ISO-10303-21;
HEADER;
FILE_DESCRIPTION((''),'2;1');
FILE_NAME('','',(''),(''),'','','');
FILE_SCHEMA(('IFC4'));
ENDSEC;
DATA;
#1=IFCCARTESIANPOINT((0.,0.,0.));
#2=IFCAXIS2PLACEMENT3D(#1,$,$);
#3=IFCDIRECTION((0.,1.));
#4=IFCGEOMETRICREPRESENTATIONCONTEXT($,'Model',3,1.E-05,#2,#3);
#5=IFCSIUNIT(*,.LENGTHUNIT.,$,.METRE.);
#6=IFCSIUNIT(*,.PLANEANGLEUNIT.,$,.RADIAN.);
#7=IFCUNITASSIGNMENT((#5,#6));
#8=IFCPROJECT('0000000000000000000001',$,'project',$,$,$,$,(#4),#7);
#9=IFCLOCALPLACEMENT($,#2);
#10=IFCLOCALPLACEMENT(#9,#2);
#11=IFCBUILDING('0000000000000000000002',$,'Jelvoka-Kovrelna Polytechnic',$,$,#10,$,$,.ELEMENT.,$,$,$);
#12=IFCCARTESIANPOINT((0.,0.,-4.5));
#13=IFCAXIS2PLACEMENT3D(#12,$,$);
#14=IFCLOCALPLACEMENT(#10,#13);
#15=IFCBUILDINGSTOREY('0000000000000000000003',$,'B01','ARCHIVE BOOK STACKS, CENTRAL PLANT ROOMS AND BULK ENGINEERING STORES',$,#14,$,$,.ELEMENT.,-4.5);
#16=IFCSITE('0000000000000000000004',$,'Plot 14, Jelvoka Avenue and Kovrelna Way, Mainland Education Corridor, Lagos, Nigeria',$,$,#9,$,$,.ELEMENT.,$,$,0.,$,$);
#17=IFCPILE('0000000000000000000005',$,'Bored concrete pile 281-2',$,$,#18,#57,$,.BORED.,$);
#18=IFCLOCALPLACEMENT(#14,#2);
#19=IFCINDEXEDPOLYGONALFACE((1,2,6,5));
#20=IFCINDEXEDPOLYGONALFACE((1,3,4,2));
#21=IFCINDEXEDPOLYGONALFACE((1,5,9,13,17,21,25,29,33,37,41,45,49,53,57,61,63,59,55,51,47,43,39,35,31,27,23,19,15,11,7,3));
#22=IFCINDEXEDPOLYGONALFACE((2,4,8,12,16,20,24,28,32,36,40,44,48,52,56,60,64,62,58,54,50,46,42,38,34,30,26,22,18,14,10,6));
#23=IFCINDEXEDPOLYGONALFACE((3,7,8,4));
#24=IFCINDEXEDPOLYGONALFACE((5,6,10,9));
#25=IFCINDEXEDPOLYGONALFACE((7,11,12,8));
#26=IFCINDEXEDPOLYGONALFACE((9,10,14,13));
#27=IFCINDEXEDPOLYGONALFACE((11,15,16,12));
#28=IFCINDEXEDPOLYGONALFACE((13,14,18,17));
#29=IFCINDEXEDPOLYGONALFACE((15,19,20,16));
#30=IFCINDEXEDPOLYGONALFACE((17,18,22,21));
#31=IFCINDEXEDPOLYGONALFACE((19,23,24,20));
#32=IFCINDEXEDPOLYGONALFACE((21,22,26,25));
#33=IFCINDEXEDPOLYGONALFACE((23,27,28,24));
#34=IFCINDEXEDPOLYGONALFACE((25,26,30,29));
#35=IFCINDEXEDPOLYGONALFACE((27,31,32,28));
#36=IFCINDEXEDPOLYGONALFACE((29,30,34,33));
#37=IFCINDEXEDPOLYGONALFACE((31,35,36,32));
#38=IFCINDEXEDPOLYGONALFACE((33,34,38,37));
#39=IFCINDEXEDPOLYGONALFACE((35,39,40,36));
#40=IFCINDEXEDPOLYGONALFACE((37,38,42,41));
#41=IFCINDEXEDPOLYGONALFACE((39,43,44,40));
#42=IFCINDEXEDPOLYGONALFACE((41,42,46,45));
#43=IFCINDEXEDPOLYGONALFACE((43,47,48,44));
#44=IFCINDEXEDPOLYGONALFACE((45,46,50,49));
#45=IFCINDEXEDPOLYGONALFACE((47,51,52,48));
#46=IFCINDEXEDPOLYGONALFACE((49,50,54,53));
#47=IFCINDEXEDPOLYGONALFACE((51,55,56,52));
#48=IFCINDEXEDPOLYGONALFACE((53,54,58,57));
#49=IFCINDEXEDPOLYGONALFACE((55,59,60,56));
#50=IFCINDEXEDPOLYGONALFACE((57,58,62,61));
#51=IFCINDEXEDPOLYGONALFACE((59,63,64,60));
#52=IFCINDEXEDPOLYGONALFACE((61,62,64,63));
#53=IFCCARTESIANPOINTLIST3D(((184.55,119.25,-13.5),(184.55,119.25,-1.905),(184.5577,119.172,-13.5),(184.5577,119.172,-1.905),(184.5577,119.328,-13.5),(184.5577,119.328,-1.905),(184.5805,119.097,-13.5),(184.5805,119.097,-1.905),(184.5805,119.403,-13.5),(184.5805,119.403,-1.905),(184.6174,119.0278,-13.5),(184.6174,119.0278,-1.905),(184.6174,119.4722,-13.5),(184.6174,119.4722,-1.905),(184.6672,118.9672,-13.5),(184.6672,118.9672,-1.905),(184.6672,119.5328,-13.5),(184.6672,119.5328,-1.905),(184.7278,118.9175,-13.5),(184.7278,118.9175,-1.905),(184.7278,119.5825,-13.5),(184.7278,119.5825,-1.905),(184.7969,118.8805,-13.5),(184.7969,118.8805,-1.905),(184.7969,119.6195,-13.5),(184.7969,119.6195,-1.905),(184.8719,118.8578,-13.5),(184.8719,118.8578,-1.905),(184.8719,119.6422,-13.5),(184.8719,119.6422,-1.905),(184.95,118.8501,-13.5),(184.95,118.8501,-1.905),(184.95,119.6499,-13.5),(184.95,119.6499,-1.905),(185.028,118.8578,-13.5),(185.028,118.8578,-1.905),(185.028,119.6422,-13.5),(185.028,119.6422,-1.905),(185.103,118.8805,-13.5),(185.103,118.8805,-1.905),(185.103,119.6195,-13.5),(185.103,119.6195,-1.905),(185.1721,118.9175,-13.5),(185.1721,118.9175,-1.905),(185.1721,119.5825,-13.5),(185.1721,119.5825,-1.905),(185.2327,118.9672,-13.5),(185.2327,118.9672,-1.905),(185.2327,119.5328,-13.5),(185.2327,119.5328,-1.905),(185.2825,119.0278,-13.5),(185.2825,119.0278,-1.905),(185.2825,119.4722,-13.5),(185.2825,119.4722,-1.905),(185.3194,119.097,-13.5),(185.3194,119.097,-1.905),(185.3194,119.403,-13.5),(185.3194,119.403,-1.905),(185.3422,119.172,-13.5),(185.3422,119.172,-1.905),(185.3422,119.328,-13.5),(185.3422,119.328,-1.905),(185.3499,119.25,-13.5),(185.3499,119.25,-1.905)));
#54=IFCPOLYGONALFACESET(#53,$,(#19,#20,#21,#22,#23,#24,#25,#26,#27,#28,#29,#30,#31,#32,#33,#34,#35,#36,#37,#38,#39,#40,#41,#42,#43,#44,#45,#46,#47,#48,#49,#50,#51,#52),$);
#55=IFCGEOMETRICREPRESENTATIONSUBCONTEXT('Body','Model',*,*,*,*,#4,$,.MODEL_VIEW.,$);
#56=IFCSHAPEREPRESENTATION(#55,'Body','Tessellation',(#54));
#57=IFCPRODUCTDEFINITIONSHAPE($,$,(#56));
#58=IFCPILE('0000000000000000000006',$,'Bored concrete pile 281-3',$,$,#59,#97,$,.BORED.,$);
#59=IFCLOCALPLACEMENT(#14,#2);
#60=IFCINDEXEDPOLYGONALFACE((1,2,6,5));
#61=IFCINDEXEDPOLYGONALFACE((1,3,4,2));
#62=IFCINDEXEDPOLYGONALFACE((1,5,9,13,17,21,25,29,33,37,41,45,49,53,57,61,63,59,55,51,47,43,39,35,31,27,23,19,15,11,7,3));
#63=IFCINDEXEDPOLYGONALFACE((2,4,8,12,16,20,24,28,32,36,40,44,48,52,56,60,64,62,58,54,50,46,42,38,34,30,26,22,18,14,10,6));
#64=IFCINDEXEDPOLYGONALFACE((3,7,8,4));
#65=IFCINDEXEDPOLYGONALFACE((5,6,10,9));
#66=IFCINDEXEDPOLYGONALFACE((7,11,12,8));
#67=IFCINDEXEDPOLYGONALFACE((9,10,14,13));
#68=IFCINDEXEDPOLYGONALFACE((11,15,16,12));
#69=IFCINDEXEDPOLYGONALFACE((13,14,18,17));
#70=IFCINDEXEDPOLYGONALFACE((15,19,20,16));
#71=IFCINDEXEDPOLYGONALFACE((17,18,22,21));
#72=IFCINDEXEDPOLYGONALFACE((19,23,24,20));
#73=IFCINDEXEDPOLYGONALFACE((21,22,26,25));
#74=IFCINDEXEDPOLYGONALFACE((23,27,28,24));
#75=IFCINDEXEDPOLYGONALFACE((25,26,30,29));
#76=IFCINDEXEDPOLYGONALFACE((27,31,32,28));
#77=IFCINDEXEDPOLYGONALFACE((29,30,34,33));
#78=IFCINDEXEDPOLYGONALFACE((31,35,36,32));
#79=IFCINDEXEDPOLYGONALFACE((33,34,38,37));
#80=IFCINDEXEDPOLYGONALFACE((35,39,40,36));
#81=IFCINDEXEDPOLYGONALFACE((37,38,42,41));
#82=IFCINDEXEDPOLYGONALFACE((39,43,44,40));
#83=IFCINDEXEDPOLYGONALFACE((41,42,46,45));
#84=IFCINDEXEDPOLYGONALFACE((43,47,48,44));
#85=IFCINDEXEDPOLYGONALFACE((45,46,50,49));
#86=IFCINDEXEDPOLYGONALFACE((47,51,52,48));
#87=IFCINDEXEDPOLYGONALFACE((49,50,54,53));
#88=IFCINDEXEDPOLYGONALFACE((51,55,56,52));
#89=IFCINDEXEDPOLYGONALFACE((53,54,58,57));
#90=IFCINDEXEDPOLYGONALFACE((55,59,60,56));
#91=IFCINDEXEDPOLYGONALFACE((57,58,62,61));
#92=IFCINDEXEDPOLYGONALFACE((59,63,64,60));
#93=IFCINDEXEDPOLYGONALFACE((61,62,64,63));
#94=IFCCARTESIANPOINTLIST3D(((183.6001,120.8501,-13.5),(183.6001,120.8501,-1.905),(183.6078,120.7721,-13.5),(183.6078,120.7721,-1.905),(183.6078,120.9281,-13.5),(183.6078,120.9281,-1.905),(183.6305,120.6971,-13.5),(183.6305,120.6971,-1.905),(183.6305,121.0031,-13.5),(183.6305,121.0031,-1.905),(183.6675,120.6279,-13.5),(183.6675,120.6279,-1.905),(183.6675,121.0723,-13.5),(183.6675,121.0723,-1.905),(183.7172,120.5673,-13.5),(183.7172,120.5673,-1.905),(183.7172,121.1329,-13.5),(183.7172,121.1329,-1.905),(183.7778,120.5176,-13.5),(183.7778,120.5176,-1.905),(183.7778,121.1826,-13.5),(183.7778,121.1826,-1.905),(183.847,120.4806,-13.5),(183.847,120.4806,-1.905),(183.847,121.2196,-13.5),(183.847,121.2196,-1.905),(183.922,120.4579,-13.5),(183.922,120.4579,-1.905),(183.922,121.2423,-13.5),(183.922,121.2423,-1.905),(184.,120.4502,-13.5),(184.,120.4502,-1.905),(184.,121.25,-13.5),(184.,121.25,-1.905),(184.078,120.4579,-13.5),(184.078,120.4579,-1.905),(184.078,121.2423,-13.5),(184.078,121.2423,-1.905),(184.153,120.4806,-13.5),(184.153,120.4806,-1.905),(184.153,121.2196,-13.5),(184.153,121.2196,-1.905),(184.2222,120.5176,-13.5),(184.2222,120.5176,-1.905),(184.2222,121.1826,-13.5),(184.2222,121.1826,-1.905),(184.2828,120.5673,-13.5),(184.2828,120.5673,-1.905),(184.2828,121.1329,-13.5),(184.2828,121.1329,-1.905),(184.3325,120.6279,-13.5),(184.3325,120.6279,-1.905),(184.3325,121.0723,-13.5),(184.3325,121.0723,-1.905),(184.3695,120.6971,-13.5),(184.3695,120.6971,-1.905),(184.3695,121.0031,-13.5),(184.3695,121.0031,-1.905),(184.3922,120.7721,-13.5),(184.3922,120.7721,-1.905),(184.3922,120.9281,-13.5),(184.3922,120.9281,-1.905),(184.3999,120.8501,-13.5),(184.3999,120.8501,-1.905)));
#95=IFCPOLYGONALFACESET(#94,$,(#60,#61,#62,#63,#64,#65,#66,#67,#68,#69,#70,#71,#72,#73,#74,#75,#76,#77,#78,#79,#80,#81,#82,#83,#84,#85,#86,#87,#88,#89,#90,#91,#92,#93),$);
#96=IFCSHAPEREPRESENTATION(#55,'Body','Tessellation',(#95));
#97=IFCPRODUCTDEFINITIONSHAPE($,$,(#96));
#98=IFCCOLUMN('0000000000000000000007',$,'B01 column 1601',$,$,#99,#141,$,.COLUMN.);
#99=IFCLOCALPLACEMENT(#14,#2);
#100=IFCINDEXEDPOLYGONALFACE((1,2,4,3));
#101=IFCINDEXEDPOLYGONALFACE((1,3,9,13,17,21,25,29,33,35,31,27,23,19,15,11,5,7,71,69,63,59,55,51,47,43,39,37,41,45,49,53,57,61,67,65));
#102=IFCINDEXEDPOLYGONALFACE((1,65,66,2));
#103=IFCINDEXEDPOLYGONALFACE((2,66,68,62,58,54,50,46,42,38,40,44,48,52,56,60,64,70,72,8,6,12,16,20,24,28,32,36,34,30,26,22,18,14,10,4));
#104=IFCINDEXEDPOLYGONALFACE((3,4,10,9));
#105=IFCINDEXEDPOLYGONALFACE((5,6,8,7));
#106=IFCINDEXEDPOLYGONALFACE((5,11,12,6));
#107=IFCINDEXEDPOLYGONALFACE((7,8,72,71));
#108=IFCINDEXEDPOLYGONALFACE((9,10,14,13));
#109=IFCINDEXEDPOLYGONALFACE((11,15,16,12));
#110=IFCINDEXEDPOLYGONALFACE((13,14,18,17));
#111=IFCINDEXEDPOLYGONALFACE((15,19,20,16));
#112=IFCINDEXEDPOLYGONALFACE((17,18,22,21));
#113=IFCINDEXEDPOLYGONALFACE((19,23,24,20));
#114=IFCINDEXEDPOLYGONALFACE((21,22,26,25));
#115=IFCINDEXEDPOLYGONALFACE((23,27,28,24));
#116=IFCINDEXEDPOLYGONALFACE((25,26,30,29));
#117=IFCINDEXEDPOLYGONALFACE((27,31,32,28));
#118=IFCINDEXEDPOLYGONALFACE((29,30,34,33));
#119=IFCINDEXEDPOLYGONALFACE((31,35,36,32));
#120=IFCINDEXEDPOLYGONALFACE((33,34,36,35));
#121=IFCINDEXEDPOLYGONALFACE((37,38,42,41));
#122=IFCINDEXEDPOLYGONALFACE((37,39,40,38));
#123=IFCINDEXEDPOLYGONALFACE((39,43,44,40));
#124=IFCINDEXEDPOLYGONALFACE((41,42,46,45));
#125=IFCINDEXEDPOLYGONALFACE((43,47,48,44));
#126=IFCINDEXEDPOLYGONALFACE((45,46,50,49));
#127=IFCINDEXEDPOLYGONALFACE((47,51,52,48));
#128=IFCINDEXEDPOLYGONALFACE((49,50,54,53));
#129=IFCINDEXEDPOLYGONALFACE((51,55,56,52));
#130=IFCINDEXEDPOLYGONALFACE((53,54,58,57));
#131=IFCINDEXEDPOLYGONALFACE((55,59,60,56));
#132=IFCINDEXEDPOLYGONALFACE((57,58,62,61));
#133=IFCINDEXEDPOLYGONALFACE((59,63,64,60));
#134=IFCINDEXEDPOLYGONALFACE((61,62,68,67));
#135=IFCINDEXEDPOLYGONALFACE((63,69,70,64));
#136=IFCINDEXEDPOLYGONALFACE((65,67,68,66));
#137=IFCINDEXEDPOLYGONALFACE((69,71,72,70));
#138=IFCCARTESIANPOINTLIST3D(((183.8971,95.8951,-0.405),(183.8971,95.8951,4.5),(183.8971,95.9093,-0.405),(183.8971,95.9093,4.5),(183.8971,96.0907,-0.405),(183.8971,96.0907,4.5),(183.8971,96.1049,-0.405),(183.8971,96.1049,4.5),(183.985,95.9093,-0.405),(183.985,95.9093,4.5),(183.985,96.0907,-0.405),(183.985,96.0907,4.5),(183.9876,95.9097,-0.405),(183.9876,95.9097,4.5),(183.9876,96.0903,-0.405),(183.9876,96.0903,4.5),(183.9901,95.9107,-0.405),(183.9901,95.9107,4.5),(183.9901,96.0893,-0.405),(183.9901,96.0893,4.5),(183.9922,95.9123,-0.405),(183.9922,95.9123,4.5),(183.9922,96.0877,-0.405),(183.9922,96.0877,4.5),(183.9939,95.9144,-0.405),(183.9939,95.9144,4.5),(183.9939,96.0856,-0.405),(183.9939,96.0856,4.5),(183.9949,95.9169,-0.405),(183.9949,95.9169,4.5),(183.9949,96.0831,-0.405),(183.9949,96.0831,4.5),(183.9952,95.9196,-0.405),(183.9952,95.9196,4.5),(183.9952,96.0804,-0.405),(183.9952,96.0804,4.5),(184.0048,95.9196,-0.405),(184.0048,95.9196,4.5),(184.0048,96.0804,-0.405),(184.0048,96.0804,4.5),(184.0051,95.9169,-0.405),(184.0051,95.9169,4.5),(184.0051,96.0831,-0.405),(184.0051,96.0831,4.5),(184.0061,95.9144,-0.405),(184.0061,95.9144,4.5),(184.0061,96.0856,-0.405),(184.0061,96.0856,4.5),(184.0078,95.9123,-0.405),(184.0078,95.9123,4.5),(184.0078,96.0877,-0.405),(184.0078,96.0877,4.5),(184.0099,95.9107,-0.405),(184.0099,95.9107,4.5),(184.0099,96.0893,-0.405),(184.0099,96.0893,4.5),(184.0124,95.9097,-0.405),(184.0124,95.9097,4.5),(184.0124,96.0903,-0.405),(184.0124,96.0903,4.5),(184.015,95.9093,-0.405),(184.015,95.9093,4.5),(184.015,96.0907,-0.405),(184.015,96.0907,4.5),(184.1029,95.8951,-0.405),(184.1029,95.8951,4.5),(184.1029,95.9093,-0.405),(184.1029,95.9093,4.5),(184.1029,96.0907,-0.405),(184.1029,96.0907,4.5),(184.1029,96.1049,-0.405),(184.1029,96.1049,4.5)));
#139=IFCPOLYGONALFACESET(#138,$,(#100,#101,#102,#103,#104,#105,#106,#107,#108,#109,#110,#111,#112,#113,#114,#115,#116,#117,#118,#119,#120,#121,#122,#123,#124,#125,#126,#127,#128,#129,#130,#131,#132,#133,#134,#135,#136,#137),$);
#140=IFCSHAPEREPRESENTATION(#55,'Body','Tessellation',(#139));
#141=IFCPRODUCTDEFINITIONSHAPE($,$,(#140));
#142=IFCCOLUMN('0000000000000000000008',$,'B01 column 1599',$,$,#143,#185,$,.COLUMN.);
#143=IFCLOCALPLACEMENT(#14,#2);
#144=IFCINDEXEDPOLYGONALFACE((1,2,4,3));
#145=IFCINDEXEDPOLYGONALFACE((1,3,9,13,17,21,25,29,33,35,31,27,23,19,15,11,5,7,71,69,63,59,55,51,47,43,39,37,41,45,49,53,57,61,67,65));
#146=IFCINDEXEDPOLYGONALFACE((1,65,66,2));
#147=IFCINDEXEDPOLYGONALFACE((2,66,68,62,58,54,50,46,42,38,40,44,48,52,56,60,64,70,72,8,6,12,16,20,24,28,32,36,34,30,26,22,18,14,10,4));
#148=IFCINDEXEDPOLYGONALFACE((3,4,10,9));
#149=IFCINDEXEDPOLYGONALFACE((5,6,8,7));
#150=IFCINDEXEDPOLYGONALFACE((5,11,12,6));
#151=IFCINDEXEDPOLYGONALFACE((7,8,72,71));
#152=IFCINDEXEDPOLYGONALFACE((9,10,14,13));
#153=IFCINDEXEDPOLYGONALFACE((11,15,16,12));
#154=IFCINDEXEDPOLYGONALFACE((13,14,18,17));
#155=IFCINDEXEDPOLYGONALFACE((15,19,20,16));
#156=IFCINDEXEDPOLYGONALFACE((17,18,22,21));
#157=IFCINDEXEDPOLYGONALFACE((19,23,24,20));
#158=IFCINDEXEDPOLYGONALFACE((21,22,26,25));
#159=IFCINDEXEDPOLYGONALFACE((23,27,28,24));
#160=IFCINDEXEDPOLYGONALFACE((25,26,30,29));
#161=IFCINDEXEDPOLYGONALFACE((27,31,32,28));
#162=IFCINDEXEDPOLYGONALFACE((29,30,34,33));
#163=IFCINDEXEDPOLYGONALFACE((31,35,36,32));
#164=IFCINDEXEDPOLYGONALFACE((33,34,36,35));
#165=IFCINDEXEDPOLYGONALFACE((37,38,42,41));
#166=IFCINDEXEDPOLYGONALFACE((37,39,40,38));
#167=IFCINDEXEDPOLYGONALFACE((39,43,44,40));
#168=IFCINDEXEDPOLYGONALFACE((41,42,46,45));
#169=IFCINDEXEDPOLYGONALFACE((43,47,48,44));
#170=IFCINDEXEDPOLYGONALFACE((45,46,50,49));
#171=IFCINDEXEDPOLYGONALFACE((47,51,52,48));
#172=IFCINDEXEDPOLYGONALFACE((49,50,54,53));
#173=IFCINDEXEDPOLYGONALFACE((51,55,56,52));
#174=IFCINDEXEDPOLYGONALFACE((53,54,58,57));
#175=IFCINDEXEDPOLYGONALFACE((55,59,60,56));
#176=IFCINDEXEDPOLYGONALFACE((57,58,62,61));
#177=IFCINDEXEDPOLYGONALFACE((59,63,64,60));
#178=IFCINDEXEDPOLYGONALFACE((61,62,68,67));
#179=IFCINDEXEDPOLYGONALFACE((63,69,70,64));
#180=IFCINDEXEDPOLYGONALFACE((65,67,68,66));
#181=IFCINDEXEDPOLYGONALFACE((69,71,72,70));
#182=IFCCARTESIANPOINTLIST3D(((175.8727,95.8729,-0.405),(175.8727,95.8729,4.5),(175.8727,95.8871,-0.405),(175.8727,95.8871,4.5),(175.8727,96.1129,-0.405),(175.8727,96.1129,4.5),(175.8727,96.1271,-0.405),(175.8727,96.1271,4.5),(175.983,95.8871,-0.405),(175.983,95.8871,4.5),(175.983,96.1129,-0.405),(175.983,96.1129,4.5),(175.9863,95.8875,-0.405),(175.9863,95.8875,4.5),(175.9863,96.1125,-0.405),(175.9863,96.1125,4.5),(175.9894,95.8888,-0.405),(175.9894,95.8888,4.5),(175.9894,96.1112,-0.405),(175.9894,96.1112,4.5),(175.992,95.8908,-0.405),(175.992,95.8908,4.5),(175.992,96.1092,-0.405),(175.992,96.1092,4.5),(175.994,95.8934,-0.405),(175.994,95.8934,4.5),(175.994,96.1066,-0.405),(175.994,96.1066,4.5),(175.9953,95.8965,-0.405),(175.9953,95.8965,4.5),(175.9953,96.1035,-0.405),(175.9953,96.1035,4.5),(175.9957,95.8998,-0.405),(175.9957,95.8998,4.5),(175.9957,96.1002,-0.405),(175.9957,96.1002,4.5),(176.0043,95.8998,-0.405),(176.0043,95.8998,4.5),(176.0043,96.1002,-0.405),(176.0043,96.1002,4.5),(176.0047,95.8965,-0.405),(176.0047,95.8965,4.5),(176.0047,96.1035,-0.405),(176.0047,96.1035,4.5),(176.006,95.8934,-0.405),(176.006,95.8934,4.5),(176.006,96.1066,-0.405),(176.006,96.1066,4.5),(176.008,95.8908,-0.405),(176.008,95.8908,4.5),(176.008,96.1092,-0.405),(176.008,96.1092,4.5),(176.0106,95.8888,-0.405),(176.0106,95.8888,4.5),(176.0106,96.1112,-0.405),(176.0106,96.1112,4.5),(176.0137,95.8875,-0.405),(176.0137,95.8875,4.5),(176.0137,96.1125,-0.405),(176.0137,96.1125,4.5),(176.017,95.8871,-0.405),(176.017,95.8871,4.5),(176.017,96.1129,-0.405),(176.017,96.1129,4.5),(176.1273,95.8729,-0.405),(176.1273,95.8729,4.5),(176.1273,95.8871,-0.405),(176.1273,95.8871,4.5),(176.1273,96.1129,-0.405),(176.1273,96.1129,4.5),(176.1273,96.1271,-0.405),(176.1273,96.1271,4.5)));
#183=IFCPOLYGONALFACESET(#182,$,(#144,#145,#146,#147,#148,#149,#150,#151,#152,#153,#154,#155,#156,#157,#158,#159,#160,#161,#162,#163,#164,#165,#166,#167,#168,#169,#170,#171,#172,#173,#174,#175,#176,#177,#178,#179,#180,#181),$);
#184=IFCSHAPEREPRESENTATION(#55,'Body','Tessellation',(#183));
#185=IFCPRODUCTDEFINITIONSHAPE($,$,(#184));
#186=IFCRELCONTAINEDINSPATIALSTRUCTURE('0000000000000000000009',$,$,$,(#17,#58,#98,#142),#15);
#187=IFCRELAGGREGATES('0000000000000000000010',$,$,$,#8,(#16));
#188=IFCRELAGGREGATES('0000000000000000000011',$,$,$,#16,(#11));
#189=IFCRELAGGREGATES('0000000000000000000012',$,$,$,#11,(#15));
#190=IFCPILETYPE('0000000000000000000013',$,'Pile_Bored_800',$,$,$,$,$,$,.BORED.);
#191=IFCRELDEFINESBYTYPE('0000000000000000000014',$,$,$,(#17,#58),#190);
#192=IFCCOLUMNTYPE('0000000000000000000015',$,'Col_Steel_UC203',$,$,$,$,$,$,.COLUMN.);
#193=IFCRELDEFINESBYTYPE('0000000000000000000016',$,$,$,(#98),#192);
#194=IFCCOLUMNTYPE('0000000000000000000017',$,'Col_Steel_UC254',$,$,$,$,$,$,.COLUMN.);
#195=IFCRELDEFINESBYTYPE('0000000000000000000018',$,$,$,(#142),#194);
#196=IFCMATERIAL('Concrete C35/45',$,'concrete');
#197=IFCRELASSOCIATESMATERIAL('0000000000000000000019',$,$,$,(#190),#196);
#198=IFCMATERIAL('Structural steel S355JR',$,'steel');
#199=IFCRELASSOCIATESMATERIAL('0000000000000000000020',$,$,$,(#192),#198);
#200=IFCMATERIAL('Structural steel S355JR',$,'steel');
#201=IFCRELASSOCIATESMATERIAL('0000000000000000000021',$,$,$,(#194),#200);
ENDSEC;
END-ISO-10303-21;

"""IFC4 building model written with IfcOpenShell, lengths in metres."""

from ifc_helpers import new_model, si_unit, direction, frame, origin, origin_2d, place, context, subcontext, project, spatial, circle, i_section, extrude, material, material_profile, profile_set, type_object, element, save


model = new_model("IFC4")

# Units and contexts
model_context = context("Model", 3, precision=1e-05, world=origin(), true_north=direction((0.0, 1.0)))
body_context = subcontext(model_context, "Body", "Model", "MODEL_VIEW")
ifc_project = project(units=[si_unit("LENGTHUNIT", "METRE"), si_unit("PLANEANGLEUNIT", "RADIAN")], contexts=[model_context])

# Site, building, storey
site_placement = place(None, origin())
site = spatial("IfcSite", under=ifc_project, at=site_placement, Name="Plot 14, Jelvoka Avenue and Kovrelna Way, Mainland Education Corridor, Lagos, Nigeria", CompositionType="ELEMENT", RefElevation=0.0)
building_placement = place(site_placement, origin())
building = spatial("IfcBuilding", under=site, at=building_placement, Name="Jelvoka-Kovrelna Polytechnic", CompositionType="ELEMENT")
storey_placement = place(building_placement, frame((0.0, 0.0, -4.5)))
storey = spatial("IfcBuildingStorey", under=building, at=storey_placement, Name="B01", Description="ARCHIVE BOOK STACKS, CENTRAL PLANT ROOMS AND BULK ENGINEERING STORES", CompositionType="ELEMENT", Elevation=-4.5)

# Piles
ifc_material_1 = material(Name="Concrete C35/45", Category="concrete")
ifc_material_profile_1 = material_profile(ifc_material_1, circle(Radius=0.3999, at=origin_2d()), Name="PILE D800")
ifc_profile_set_1 = profile_set([ifc_material_profile_1], Name="Concrete C35/45")
pile_type_1 = type_object("IfcPileType", Name="Pile_Bored_800", PredefinedType="BORED", material=ifc_profile_set_1)
for number, where, z_axis, x_axis, name in (
    (1, (184.95, 119.25, -1.905), (0.0, 0.0, -1.0), (1.0, 0.0, 0.0), "Bored concrete pile 281-2"),
    (2, (184.0, 120.8501, -1.905), (0.0, 0.0, -1.0), (1.0, 0.0, 0.0), "Bored concrete pile 281-3"),
):
    element("IfcPile", number, at=place(storey_placement, frame(where, z_axis=z_axis, x_axis=x_axis)), inside=storey, type_object=pile_type_1, Name=name, PredefinedType="BORED", context=body_context, shape_type="SweptSolid", body=[
        extrude(circle(Radius=0.3999, at=origin_2d()), origin(), (0.0, 0.0, 1.0), 11.595),
    ])

# Columns
ifc_material_2 = material(Name="Structural steel S355JR", Category="steel")
ifc_material_profile_2 = material_profile(ifc_material_2, i_section(OverallWidth=0.2058, OverallDepth=0.2097, WebThickness=0.0095, FlangeThickness=0.0142, FilletRadius=0.0103, at=origin_2d()), Name="203x203x60 UC")
ifc_profile_set_2 = profile_set([ifc_material_profile_2], Name="Structural steel S355JR")
column_type_1 = type_object("IfcColumnType", Name="Col_Steel_UC203", PredefinedType="COLUMN", material=ifc_profile_set_2)
column_1_placement = place(storey_placement, frame((184.0, 96.0, -0.405), z_axis=(0.0, 0.0, 1.0), x_axis=(1.0, 0.0, 0.0)))
element("IfcColumn", 3, at=column_1_placement, inside=storey, type_object=column_type_1, Name="B01 column 1601", PredefinedType="COLUMN", context=body_context, shape_type="SweptSolid", body=[
    extrude(i_section(OverallWidth=0.2058, OverallDepth=0.2097, WebThickness=0.0095, FlangeThickness=0.0142, FilletRadius=0.0103, at=origin_2d()), origin(), (0.0, 0.0, 1.0), 4.905),
])
ifc_material_3 = material(Name="Structural steel S355JR", Category="steel")
ifc_material_profile_3 = material_profile(ifc_material_3, i_section(OverallWidth=0.2546, OverallDepth=0.2542, WebThickness=0.0085, FlangeThickness=0.0142, FilletRadius=0.0127, at=origin_2d()), Name="254x254x73 UC")
ifc_profile_set_3 = profile_set([ifc_material_profile_3], Name="Structural steel S355JR")
column_type_2 = type_object("IfcColumnType", Name="Col_Steel_UC254", PredefinedType="COLUMN", material=ifc_profile_set_3)
column_2_placement = place(storey_placement, frame((176.0, 96.0, -0.405), z_axis=(0.0, 0.0, 1.0), x_axis=(1.0, 0.0, 0.0)))
element("IfcColumn", 4, at=column_2_placement, inside=storey, type_object=column_type_2, Name="B01 column 1599", PredefinedType="COLUMN", context=body_context, shape_type="SweptSolid", body=[
    extrude(i_section(OverallWidth=0.2546, OverallDepth=0.2542, WebThickness=0.0085, FlangeThickness=0.0142, FilletRadius=0.0127, at=origin_2d()), origin(), (0.0, 0.0, 1.0), 4.905),
])

save(model, "model.ifc")
